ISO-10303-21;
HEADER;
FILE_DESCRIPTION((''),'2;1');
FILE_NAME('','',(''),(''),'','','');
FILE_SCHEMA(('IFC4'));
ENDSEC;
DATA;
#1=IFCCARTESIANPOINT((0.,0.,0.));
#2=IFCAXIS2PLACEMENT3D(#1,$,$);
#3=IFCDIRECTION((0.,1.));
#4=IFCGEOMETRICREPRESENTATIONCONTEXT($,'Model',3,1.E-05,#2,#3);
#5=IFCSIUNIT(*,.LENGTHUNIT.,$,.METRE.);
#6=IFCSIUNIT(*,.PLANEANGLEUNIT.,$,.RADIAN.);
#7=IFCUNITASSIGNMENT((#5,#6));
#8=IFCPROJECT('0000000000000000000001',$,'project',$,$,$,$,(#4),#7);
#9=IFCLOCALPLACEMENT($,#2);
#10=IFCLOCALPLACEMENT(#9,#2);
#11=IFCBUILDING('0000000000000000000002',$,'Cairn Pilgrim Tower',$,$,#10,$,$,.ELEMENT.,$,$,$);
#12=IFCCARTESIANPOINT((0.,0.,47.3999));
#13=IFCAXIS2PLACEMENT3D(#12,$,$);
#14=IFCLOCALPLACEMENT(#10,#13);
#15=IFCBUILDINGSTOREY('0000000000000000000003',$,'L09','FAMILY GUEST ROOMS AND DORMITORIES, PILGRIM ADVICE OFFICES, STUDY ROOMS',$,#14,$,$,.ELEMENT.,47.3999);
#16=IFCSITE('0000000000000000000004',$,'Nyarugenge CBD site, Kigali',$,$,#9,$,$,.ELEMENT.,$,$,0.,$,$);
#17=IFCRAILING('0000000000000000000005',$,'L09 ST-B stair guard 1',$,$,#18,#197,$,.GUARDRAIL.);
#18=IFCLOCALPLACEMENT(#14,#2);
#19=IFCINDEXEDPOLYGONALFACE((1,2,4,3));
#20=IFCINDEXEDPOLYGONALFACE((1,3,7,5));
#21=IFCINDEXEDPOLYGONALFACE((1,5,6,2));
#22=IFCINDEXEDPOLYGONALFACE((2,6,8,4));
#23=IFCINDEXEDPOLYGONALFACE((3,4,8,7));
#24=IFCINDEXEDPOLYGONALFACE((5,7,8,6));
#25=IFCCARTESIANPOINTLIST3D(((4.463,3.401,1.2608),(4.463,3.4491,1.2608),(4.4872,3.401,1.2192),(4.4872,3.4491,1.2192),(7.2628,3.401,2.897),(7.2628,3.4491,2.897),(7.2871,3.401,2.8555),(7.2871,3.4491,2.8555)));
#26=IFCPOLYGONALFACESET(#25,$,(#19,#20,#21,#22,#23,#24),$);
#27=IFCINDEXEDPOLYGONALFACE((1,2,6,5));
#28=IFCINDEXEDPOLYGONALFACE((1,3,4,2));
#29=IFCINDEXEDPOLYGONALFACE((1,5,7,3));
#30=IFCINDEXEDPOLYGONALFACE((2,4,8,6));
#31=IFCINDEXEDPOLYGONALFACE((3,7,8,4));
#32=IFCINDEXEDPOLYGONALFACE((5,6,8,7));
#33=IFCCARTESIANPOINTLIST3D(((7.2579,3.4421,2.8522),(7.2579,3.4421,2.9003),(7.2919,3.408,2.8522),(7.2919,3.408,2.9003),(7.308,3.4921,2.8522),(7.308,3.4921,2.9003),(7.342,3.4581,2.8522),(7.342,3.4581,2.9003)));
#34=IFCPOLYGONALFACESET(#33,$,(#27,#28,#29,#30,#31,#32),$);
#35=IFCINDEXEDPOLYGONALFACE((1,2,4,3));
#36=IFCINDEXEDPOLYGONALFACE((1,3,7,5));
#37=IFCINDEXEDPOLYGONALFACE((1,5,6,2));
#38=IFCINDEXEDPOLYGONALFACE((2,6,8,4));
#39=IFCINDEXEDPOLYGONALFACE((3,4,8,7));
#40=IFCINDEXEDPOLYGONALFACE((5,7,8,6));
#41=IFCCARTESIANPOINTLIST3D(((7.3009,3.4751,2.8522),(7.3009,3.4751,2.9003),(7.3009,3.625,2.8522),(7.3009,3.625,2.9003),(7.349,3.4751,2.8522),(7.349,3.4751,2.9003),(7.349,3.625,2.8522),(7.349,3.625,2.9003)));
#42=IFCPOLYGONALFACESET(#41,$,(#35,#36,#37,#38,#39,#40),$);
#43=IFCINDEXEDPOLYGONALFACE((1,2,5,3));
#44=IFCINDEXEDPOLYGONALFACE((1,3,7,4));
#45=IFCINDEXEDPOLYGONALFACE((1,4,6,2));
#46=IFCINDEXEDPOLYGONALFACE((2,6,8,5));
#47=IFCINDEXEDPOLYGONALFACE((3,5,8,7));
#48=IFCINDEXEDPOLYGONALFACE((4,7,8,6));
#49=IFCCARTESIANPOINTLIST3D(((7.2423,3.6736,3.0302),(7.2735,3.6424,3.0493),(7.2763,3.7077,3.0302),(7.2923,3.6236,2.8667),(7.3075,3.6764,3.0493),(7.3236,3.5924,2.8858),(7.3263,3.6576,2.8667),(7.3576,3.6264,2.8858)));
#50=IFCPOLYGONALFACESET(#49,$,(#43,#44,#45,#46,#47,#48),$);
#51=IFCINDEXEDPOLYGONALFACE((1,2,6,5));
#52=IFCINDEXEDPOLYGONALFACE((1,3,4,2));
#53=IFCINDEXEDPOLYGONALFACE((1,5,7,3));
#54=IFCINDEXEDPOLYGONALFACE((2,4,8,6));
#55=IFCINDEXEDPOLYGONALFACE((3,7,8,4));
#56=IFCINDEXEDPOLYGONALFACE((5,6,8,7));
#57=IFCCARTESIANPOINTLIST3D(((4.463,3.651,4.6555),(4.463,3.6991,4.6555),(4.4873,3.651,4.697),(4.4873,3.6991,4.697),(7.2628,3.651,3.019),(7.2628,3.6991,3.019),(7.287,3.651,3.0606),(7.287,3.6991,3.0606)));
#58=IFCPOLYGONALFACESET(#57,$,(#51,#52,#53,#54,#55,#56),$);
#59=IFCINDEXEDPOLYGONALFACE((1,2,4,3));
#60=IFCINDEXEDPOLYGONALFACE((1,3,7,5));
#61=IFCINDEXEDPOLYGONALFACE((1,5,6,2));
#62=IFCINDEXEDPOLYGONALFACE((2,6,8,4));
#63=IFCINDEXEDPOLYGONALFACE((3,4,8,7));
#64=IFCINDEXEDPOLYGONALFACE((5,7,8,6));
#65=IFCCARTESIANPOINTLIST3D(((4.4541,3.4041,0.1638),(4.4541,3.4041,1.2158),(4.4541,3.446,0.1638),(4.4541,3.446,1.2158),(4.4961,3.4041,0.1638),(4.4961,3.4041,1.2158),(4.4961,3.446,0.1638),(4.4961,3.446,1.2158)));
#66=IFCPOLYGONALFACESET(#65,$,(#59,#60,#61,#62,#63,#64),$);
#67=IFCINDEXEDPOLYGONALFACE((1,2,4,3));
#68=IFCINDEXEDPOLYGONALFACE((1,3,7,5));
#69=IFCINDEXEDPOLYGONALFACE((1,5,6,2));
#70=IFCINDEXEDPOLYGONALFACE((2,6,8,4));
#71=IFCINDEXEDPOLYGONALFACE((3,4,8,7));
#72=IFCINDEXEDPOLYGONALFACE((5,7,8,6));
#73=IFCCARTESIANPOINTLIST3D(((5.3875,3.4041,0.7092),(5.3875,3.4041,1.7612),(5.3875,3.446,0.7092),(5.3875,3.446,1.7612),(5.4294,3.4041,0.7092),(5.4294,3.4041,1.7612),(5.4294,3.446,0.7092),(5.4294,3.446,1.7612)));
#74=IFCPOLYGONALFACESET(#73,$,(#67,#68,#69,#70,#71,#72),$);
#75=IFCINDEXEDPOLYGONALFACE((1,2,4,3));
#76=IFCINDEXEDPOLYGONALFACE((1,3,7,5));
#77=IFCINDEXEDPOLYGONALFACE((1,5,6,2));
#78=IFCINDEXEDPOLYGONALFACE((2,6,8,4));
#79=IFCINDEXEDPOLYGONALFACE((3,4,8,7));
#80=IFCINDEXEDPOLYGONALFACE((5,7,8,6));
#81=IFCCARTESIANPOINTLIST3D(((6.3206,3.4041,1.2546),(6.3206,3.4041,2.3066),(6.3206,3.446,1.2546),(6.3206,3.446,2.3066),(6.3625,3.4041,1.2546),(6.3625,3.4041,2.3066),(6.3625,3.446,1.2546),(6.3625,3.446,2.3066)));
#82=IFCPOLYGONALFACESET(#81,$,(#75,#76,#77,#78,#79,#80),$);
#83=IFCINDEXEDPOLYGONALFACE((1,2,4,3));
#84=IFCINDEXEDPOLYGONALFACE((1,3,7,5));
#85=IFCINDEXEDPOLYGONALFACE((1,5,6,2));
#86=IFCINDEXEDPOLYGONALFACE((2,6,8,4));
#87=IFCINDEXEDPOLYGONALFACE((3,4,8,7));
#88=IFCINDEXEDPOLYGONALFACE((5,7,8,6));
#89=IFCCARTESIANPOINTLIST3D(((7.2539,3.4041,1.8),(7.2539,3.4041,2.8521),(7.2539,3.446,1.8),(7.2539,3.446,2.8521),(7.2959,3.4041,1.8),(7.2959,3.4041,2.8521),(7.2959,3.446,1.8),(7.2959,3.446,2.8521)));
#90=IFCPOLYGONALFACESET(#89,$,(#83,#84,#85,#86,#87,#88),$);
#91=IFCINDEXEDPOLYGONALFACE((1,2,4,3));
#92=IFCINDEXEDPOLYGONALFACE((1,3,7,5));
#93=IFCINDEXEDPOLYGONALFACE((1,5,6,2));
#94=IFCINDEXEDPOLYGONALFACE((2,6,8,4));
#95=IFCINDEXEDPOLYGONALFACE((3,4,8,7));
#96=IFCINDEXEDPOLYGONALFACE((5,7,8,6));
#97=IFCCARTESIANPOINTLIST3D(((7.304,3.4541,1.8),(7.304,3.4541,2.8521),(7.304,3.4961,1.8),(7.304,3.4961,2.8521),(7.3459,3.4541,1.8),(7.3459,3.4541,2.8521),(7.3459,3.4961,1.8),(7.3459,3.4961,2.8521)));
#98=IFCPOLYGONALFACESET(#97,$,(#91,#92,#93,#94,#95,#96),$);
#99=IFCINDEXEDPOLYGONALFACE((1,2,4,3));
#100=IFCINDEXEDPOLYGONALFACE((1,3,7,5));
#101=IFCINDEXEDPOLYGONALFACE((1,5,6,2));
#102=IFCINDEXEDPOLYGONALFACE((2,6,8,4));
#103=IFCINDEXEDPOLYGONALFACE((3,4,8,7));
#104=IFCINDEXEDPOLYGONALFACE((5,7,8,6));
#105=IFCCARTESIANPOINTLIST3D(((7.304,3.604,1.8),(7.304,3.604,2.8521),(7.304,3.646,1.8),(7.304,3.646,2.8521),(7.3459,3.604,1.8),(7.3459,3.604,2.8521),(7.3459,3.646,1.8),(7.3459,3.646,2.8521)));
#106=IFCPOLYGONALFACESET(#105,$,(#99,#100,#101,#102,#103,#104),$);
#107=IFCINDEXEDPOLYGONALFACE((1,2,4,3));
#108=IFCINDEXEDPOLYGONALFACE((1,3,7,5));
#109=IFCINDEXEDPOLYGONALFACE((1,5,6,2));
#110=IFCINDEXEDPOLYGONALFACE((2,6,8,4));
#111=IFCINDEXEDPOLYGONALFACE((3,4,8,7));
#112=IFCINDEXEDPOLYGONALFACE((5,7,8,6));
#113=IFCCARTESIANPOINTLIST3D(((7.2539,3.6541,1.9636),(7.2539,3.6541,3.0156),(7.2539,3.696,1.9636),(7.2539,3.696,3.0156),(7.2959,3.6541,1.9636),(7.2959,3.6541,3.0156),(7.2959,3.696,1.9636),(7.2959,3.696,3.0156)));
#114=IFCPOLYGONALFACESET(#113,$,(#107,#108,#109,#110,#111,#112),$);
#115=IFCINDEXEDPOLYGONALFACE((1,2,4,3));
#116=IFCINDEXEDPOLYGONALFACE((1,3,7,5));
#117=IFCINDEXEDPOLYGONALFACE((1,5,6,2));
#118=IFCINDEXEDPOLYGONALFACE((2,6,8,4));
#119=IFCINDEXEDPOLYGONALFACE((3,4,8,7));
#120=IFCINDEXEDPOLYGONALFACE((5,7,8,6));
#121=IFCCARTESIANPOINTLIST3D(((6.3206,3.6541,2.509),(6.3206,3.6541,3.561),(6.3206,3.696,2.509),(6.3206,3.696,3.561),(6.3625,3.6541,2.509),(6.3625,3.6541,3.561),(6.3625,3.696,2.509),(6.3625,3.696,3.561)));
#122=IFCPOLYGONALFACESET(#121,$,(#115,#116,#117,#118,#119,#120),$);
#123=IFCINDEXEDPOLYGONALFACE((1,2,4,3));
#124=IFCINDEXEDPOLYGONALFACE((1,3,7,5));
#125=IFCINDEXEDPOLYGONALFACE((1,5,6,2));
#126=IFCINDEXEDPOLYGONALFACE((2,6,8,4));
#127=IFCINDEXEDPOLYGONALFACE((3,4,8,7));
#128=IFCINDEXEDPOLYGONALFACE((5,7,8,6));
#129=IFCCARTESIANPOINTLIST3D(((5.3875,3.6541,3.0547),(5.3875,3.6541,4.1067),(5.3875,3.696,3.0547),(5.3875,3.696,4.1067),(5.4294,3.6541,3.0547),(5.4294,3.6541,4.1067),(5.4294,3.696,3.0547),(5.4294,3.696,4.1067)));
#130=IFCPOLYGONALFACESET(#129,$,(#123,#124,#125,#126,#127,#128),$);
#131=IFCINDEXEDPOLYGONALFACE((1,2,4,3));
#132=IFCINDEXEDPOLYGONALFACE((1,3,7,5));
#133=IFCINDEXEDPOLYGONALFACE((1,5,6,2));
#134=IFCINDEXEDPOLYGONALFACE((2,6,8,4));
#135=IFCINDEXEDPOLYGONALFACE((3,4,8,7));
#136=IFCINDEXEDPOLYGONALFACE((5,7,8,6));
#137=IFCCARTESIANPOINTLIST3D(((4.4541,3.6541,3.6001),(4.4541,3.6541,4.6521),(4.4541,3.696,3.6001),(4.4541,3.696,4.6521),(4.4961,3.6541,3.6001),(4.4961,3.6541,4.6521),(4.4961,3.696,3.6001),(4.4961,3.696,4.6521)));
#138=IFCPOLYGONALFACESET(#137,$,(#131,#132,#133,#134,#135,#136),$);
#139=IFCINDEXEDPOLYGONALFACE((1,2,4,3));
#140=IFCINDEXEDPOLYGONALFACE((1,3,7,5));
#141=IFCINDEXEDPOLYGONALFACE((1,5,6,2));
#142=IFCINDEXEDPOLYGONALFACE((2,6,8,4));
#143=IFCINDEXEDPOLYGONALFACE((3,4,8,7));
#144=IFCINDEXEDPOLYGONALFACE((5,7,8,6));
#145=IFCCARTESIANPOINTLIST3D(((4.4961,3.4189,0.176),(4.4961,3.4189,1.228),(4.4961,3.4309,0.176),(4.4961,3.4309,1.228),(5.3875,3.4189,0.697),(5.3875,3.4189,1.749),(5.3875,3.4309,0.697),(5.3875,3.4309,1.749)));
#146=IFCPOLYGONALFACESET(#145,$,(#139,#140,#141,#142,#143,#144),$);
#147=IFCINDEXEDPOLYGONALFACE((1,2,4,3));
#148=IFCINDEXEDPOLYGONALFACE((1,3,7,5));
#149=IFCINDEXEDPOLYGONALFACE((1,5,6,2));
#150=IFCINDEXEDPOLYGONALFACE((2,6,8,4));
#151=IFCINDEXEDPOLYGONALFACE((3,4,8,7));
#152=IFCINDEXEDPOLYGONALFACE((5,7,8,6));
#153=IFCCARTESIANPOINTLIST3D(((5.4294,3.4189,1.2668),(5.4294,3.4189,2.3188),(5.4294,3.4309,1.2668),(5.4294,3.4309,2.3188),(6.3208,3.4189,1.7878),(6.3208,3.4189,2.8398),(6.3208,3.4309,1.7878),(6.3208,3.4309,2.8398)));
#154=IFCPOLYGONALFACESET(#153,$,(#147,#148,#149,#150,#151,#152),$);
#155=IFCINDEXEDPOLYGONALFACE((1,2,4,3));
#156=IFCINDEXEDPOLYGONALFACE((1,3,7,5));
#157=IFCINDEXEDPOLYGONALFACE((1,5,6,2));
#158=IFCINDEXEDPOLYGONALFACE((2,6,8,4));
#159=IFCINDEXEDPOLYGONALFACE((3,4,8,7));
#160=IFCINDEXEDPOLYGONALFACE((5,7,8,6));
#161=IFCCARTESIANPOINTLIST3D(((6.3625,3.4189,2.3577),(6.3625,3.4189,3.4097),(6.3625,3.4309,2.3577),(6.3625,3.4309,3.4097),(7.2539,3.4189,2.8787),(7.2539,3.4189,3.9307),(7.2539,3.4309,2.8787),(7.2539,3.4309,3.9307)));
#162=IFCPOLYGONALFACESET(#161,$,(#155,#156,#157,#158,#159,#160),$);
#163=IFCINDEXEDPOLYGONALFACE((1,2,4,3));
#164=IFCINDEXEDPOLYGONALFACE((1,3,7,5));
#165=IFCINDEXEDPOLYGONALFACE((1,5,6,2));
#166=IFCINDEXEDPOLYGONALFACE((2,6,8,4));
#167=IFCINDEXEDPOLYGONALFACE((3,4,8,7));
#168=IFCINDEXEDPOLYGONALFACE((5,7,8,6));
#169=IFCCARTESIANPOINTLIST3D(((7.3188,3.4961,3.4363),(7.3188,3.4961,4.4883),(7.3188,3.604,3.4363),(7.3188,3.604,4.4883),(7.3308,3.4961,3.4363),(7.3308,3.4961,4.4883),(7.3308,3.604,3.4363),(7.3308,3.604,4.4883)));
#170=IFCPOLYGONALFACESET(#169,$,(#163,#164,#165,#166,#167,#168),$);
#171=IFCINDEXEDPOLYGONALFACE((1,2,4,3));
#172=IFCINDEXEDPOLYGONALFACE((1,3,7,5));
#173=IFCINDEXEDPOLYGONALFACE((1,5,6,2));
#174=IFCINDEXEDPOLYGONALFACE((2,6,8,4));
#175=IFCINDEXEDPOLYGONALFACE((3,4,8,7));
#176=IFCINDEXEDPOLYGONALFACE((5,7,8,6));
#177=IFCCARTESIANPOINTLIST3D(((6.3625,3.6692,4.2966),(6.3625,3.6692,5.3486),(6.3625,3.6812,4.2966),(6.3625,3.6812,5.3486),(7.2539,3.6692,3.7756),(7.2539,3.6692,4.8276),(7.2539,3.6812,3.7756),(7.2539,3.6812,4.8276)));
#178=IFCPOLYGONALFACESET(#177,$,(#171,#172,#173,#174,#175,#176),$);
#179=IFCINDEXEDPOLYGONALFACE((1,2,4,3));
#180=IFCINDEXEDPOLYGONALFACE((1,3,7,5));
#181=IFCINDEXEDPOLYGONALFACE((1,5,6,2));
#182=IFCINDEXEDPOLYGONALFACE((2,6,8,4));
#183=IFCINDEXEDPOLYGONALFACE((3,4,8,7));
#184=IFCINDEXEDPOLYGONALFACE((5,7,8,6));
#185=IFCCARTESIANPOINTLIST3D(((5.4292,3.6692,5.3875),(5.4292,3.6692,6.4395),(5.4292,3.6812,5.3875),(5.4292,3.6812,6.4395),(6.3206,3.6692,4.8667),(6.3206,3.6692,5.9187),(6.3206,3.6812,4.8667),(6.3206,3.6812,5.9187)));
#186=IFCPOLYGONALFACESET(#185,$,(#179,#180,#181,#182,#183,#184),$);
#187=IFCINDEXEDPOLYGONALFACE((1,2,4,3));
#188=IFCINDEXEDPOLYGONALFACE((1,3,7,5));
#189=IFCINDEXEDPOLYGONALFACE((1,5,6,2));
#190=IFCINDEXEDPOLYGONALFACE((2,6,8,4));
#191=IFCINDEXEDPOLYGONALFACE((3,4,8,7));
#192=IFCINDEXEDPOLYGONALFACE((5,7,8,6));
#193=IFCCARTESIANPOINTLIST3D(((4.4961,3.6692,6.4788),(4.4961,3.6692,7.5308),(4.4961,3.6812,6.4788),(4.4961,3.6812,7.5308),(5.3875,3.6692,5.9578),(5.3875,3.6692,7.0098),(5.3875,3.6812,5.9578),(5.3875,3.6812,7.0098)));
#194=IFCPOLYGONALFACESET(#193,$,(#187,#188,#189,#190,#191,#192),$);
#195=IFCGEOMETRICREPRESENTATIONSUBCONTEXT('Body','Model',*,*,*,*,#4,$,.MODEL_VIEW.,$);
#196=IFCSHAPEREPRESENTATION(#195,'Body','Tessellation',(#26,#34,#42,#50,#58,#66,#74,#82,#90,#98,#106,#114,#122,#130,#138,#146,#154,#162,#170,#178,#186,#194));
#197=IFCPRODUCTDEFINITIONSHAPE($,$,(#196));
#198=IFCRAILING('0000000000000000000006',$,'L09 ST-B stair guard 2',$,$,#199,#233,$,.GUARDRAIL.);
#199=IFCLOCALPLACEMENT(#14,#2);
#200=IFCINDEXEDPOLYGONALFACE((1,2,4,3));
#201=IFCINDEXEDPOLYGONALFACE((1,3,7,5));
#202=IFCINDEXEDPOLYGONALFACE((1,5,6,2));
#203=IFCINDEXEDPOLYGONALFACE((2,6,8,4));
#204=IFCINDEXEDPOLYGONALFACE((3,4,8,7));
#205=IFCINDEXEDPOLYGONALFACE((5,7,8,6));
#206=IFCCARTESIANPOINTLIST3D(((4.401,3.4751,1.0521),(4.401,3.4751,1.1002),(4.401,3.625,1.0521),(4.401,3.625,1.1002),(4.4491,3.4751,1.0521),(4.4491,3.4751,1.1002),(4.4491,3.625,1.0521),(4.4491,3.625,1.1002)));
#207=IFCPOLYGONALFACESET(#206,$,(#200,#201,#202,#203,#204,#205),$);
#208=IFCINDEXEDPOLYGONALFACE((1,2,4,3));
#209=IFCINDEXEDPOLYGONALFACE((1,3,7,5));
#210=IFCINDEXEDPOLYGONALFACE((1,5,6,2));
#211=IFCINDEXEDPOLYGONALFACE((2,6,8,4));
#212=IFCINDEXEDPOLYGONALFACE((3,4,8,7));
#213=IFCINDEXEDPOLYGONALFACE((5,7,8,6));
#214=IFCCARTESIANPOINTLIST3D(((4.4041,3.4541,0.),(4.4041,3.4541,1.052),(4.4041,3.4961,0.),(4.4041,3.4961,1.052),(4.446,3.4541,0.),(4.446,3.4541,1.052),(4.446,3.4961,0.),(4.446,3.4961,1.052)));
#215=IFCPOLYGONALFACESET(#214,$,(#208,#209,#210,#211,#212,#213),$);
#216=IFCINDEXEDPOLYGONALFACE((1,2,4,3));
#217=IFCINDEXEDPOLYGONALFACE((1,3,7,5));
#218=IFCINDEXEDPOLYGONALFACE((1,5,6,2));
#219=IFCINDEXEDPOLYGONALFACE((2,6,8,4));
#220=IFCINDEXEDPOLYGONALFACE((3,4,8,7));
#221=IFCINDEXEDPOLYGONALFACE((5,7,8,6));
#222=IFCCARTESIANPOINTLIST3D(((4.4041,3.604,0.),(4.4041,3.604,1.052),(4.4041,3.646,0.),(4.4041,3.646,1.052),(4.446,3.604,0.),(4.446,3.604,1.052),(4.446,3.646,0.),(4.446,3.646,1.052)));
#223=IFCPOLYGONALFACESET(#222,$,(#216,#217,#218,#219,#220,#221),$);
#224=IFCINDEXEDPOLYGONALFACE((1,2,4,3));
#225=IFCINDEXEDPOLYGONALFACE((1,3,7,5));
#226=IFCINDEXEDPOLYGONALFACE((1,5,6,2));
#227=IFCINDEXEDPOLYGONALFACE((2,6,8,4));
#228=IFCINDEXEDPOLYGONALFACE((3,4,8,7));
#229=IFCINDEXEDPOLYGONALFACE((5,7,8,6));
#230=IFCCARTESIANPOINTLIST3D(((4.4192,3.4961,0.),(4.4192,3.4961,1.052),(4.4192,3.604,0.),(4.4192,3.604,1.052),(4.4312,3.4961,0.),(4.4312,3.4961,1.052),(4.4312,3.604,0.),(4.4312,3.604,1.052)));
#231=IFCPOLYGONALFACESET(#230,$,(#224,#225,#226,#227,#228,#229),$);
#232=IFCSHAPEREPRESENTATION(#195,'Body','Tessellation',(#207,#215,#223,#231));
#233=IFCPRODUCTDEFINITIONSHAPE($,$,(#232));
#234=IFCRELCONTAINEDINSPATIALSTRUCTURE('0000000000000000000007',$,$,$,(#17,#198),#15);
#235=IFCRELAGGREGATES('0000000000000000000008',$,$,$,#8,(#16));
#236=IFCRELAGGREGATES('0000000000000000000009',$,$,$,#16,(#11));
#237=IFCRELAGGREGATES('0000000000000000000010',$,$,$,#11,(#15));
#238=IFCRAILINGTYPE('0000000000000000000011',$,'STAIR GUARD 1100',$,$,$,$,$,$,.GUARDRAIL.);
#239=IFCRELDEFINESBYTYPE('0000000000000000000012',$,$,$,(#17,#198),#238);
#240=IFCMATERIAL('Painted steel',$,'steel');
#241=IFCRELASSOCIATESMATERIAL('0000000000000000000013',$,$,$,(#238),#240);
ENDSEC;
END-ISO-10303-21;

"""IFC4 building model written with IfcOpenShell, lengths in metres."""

from ifc_helpers import new_model, si_unit, direction, frame, origin, origin_2d, place, context, subcontext, project, spatial, polyline, rectangle, outline, extrude, material, type_object, element, save


model = new_model("IFC4")

# Units and contexts
model_context = context("Model", 3, precision=1e-05, world=origin(), true_north=direction((0.0, 1.0)))
body_context = subcontext(model_context, "Body", "Model", "MODEL_VIEW")
ifc_project = project(units=[si_unit("LENGTHUNIT", "METRE"), si_unit("PLANEANGLEUNIT", "RADIAN")], contexts=[model_context])

# Site, building, storey
site_placement = place(None, origin())
site = spatial("IfcSite", under=ifc_project, at=site_placement, Name="Nyarugenge CBD site, Kigali", CompositionType="ELEMENT", RefElevation=0.0)
building_placement = place(site_placement, origin())
building = spatial("IfcBuilding", under=site, at=building_placement, Name="Cairn Pilgrim Tower", CompositionType="ELEMENT")
storey_placement = place(building_placement, frame((0.0, 0.0, 47.3999)))
storey = spatial("IfcBuildingStorey", under=building, at=storey_placement, Name="L09", Description="FAMILY GUEST ROOMS AND DORMITORIES, PILGRIM ADVICE OFFICES, STUDY ROOMS", CompositionType="ELEMENT", Elevation=47.3999)

# Shared definitions
ifc_material_1 = material(Name="Painted steel", Category="steel")

# Railings
railing_type_1 = type_object("IfcRailingType", Name="STAIR GUARD 1100", PredefinedType="GUARDRAIL", material=ifc_material_1)
railing_1_placement = place(storey_placement, frame((4.4751, 3.425, 0.1638)))
element("IfcRailing", 1, at=railing_1_placement, inside=storey, type_object=railing_type_1, Name="L09 ST-B stair guard 1", PredefinedType="GUARDRAIL", context=body_context, shape_type="SweptSolid", body=[
    extrude(rectangle(XDim=0.0481, YDim=0.0481, at=origin_2d()), frame((0.0, 0.0, 1.0762), z_axis=(0.863374, 0.0, 0.504564), x_axis=(0.0, 1.0, 0.0)), (0.0, 0.0, 1.0), 3.2429),
    extrude(rectangle(XDim=0.0481, YDim=0.0481, at=origin_2d()), frame((2.7998, 0.0, 2.7124), z_axis=(0.707107, 0.707107, 0.0), x_axis=(-0.707107, 0.707107, 0.0)), (0.0, 0.0, 1.0), 0.0708),
    extrude(rectangle(XDim=0.0481, YDim=0.0481, at=origin_2d()), frame((2.8499, 0.05, 2.7124), z_axis=(0.0, 1.0, 0.0), x_axis=(-1.0, 0.0, 0.0)), (0.0, 0.0, 1.0), 0.1499),
    extrude(rectangle(XDim=0.0481, YDim=0.0481, at=origin_2d()), frame((2.8499, 0.2, 2.7124), z_axis=(-0.280809, 0.280809, 0.917765), x_axis=(-0.707107, -0.707107, 0.0)), (0.0, 0.0, 1.0), 0.1782),
    extrude(rectangle(XDim=0.0481, YDim=0.0481, at=origin_2d()), frame((2.7998, 0.25, 2.876), z_axis=(-0.863342, 0.0, 0.50462), x_axis=(0.0, -1.0, 0.0)), (0.0, 0.0, 1.0), 3.2429),
    extrude(rectangle(XDim=0.042, YDim=0.042, at=origin_2d()), origin(), (0.0, 0.0, 1.0), 1.052),
    extrude(rectangle(XDim=0.042, YDim=0.042, at=origin_2d()), frame((0.9333, 0.0, 0.5454)), (0.0, 0.0, 1.0), 1.052),
    extrude(rectangle(XDim=0.042, YDim=0.042, at=origin_2d()), frame((1.8665, 0.0, 1.0908)), (0.0, 0.0, 1.0), 1.052),
    extrude(rectangle(XDim=0.042, YDim=0.042, at=origin_2d()), frame((2.7998, 0.0, 1.6362)), (0.0, 0.0, 1.0), 1.052),
    extrude(rectangle(XDim=0.042, YDim=0.042, at=origin_2d()), frame((2.8499, 0.05, 1.6362)), (0.0, 0.0, 1.0), 1.052),
    extrude(rectangle(XDim=0.042, YDim=0.042, at=origin_2d()), frame((2.8499, 0.2, 1.6362)), (0.0, 0.0, 1.0), 1.052),
    extrude(rectangle(XDim=0.042, YDim=0.042, at=origin_2d()), frame((2.7998, 0.25, 1.7998)), (0.0, 0.0, 1.0), 1.052),
    extrude(rectangle(XDim=0.042, YDim=0.042, at=origin_2d()), frame((1.8665, 0.25, 2.3452)), (0.0, 0.0, 1.0), 1.052),
    extrude(rectangle(XDim=0.042, YDim=0.042, at=origin_2d()), frame((0.9333, 0.25, 2.8909)), (0.0, 0.0, 1.0), 1.052),
    extrude(rectangle(XDim=0.042, YDim=0.042, at=origin_2d()), frame((0.0, 0.25, 3.4363)), (0.0, 0.0, 1.0), 1.052),
    extrude(outline(polyline([(0.021, 0.0122), (0.9124, 0.5332), (0.9124, 1.5852), (0.021, 1.0642), (0.021, 0.0122)])), frame((0.0, 0.0059, 0.0), z_axis=(0.0, -1.0, 0.0), x_axis=(1.0, 0.0, 0.0)), (0.0, 0.0, 1.0), 0.012),
    extrude(outline(polyline([(0.021, 0.5576), (0.9124, 1.0786), (0.9124, 2.1306), (0.021, 1.6096), (0.021, 0.5576)])), frame((0.9333, 0.0059, 0.5454), z_axis=(0.0, -1.0, 0.0), x_axis=(1.0, 0.0, 0.0)), (0.0, 0.0, 1.0), 0.012),
    extrude(outline(polyline([(0.021, 1.103), (0.9124, 1.624), (0.9124, 2.676), (0.021, 2.155), (0.021, 1.103)])), frame((1.8665, 0.0059, 1.0908), z_axis=(0.0, -1.0, 0.0), x_axis=(1.0, 0.0, 0.0)), (0.0, 0.0, 1.0), 0.012),
    extrude(outline(polyline([(0.021, 1.6362), (0.1289, 1.6362), (0.1289, 2.6882), (0.021, 2.6882), (0.021, 1.6362)])), frame((2.8438, 0.05, 1.6362), z_axis=(1.0, 0.0, 0.0), x_axis=(0.0, 1.0, 0.0)), (0.0, 0.0, 1.0), 0.012),
    extrude(outline(polyline([(0.021, 1.812), (0.9124, 2.333), (0.9124, 3.385), (0.021, 2.864), (0.021, 1.812)])), frame((2.7998, 0.2441, 1.7998), z_axis=(0.0, 1.0, 0.0), x_axis=(-1.0, 0.0, 0.0)), (0.0, 0.0, 1.0), 0.012),
    extrude(outline(polyline([(0.021, 2.3577), (0.9124, 2.8784), (0.9124, 3.9304), (0.021, 3.4097), (0.021, 2.3577)])), frame((1.8665, 0.2441, 2.3452), z_axis=(0.0, 1.0, 0.0), x_axis=(-1.0, 0.0, 0.0)), (0.0, 0.0, 1.0), 0.012),
    extrude(outline(polyline([(0.021, 2.9031), (0.9124, 3.4241), (0.9124, 4.4761), (0.021, 3.9551), (0.021, 2.9031)])), frame((0.9333, 0.2441, 2.8909), z_axis=(0.0, 1.0, 0.0), x_axis=(-1.0, 0.0, 0.0)), (0.0, 0.0, 1.0), 0.012),
])
railing_2_placement = place(storey_placement, frame((4.425, 3.4751, 0.0)))
element("IfcRailing", 2, at=railing_2_placement, inside=storey, type_object=railing_type_1, Name="L09 ST-B stair guard 2", PredefinedType="GUARDRAIL", context=body_context, shape_type="SweptSolid", body=[
    extrude(rectangle(XDim=0.0481, YDim=0.0481, at=origin_2d()), frame((0.0, 0.0, 1.0762), z_axis=(0.0, 1.0, 0.0), x_axis=(-1.0, 0.0, 0.0)), (0.0, 0.0, 1.0), 0.1499),
    extrude(rectangle(XDim=0.042, YDim=0.042, at=origin_2d()), origin(), (0.0, 0.0, 1.0), 1.052),
    extrude(rectangle(XDim=0.042, YDim=0.042, at=origin_2d()), frame((0.0, 0.1499, 0.0)), (0.0, 0.0, 1.0), 1.052),
    extrude(outline(polyline([(0.021, 0.0), (0.1289, 0.0), (0.1289, 1.052), (0.021, 1.052), (0.021, 0.0)])), frame((-0.0059, 0.0, 0.0), z_axis=(1.0, 0.0, 0.0), x_axis=(0.0, 1.0, 0.0)), (0.0, 0.0, 1.0), 0.012),
])

save(model, "model.ifc")
